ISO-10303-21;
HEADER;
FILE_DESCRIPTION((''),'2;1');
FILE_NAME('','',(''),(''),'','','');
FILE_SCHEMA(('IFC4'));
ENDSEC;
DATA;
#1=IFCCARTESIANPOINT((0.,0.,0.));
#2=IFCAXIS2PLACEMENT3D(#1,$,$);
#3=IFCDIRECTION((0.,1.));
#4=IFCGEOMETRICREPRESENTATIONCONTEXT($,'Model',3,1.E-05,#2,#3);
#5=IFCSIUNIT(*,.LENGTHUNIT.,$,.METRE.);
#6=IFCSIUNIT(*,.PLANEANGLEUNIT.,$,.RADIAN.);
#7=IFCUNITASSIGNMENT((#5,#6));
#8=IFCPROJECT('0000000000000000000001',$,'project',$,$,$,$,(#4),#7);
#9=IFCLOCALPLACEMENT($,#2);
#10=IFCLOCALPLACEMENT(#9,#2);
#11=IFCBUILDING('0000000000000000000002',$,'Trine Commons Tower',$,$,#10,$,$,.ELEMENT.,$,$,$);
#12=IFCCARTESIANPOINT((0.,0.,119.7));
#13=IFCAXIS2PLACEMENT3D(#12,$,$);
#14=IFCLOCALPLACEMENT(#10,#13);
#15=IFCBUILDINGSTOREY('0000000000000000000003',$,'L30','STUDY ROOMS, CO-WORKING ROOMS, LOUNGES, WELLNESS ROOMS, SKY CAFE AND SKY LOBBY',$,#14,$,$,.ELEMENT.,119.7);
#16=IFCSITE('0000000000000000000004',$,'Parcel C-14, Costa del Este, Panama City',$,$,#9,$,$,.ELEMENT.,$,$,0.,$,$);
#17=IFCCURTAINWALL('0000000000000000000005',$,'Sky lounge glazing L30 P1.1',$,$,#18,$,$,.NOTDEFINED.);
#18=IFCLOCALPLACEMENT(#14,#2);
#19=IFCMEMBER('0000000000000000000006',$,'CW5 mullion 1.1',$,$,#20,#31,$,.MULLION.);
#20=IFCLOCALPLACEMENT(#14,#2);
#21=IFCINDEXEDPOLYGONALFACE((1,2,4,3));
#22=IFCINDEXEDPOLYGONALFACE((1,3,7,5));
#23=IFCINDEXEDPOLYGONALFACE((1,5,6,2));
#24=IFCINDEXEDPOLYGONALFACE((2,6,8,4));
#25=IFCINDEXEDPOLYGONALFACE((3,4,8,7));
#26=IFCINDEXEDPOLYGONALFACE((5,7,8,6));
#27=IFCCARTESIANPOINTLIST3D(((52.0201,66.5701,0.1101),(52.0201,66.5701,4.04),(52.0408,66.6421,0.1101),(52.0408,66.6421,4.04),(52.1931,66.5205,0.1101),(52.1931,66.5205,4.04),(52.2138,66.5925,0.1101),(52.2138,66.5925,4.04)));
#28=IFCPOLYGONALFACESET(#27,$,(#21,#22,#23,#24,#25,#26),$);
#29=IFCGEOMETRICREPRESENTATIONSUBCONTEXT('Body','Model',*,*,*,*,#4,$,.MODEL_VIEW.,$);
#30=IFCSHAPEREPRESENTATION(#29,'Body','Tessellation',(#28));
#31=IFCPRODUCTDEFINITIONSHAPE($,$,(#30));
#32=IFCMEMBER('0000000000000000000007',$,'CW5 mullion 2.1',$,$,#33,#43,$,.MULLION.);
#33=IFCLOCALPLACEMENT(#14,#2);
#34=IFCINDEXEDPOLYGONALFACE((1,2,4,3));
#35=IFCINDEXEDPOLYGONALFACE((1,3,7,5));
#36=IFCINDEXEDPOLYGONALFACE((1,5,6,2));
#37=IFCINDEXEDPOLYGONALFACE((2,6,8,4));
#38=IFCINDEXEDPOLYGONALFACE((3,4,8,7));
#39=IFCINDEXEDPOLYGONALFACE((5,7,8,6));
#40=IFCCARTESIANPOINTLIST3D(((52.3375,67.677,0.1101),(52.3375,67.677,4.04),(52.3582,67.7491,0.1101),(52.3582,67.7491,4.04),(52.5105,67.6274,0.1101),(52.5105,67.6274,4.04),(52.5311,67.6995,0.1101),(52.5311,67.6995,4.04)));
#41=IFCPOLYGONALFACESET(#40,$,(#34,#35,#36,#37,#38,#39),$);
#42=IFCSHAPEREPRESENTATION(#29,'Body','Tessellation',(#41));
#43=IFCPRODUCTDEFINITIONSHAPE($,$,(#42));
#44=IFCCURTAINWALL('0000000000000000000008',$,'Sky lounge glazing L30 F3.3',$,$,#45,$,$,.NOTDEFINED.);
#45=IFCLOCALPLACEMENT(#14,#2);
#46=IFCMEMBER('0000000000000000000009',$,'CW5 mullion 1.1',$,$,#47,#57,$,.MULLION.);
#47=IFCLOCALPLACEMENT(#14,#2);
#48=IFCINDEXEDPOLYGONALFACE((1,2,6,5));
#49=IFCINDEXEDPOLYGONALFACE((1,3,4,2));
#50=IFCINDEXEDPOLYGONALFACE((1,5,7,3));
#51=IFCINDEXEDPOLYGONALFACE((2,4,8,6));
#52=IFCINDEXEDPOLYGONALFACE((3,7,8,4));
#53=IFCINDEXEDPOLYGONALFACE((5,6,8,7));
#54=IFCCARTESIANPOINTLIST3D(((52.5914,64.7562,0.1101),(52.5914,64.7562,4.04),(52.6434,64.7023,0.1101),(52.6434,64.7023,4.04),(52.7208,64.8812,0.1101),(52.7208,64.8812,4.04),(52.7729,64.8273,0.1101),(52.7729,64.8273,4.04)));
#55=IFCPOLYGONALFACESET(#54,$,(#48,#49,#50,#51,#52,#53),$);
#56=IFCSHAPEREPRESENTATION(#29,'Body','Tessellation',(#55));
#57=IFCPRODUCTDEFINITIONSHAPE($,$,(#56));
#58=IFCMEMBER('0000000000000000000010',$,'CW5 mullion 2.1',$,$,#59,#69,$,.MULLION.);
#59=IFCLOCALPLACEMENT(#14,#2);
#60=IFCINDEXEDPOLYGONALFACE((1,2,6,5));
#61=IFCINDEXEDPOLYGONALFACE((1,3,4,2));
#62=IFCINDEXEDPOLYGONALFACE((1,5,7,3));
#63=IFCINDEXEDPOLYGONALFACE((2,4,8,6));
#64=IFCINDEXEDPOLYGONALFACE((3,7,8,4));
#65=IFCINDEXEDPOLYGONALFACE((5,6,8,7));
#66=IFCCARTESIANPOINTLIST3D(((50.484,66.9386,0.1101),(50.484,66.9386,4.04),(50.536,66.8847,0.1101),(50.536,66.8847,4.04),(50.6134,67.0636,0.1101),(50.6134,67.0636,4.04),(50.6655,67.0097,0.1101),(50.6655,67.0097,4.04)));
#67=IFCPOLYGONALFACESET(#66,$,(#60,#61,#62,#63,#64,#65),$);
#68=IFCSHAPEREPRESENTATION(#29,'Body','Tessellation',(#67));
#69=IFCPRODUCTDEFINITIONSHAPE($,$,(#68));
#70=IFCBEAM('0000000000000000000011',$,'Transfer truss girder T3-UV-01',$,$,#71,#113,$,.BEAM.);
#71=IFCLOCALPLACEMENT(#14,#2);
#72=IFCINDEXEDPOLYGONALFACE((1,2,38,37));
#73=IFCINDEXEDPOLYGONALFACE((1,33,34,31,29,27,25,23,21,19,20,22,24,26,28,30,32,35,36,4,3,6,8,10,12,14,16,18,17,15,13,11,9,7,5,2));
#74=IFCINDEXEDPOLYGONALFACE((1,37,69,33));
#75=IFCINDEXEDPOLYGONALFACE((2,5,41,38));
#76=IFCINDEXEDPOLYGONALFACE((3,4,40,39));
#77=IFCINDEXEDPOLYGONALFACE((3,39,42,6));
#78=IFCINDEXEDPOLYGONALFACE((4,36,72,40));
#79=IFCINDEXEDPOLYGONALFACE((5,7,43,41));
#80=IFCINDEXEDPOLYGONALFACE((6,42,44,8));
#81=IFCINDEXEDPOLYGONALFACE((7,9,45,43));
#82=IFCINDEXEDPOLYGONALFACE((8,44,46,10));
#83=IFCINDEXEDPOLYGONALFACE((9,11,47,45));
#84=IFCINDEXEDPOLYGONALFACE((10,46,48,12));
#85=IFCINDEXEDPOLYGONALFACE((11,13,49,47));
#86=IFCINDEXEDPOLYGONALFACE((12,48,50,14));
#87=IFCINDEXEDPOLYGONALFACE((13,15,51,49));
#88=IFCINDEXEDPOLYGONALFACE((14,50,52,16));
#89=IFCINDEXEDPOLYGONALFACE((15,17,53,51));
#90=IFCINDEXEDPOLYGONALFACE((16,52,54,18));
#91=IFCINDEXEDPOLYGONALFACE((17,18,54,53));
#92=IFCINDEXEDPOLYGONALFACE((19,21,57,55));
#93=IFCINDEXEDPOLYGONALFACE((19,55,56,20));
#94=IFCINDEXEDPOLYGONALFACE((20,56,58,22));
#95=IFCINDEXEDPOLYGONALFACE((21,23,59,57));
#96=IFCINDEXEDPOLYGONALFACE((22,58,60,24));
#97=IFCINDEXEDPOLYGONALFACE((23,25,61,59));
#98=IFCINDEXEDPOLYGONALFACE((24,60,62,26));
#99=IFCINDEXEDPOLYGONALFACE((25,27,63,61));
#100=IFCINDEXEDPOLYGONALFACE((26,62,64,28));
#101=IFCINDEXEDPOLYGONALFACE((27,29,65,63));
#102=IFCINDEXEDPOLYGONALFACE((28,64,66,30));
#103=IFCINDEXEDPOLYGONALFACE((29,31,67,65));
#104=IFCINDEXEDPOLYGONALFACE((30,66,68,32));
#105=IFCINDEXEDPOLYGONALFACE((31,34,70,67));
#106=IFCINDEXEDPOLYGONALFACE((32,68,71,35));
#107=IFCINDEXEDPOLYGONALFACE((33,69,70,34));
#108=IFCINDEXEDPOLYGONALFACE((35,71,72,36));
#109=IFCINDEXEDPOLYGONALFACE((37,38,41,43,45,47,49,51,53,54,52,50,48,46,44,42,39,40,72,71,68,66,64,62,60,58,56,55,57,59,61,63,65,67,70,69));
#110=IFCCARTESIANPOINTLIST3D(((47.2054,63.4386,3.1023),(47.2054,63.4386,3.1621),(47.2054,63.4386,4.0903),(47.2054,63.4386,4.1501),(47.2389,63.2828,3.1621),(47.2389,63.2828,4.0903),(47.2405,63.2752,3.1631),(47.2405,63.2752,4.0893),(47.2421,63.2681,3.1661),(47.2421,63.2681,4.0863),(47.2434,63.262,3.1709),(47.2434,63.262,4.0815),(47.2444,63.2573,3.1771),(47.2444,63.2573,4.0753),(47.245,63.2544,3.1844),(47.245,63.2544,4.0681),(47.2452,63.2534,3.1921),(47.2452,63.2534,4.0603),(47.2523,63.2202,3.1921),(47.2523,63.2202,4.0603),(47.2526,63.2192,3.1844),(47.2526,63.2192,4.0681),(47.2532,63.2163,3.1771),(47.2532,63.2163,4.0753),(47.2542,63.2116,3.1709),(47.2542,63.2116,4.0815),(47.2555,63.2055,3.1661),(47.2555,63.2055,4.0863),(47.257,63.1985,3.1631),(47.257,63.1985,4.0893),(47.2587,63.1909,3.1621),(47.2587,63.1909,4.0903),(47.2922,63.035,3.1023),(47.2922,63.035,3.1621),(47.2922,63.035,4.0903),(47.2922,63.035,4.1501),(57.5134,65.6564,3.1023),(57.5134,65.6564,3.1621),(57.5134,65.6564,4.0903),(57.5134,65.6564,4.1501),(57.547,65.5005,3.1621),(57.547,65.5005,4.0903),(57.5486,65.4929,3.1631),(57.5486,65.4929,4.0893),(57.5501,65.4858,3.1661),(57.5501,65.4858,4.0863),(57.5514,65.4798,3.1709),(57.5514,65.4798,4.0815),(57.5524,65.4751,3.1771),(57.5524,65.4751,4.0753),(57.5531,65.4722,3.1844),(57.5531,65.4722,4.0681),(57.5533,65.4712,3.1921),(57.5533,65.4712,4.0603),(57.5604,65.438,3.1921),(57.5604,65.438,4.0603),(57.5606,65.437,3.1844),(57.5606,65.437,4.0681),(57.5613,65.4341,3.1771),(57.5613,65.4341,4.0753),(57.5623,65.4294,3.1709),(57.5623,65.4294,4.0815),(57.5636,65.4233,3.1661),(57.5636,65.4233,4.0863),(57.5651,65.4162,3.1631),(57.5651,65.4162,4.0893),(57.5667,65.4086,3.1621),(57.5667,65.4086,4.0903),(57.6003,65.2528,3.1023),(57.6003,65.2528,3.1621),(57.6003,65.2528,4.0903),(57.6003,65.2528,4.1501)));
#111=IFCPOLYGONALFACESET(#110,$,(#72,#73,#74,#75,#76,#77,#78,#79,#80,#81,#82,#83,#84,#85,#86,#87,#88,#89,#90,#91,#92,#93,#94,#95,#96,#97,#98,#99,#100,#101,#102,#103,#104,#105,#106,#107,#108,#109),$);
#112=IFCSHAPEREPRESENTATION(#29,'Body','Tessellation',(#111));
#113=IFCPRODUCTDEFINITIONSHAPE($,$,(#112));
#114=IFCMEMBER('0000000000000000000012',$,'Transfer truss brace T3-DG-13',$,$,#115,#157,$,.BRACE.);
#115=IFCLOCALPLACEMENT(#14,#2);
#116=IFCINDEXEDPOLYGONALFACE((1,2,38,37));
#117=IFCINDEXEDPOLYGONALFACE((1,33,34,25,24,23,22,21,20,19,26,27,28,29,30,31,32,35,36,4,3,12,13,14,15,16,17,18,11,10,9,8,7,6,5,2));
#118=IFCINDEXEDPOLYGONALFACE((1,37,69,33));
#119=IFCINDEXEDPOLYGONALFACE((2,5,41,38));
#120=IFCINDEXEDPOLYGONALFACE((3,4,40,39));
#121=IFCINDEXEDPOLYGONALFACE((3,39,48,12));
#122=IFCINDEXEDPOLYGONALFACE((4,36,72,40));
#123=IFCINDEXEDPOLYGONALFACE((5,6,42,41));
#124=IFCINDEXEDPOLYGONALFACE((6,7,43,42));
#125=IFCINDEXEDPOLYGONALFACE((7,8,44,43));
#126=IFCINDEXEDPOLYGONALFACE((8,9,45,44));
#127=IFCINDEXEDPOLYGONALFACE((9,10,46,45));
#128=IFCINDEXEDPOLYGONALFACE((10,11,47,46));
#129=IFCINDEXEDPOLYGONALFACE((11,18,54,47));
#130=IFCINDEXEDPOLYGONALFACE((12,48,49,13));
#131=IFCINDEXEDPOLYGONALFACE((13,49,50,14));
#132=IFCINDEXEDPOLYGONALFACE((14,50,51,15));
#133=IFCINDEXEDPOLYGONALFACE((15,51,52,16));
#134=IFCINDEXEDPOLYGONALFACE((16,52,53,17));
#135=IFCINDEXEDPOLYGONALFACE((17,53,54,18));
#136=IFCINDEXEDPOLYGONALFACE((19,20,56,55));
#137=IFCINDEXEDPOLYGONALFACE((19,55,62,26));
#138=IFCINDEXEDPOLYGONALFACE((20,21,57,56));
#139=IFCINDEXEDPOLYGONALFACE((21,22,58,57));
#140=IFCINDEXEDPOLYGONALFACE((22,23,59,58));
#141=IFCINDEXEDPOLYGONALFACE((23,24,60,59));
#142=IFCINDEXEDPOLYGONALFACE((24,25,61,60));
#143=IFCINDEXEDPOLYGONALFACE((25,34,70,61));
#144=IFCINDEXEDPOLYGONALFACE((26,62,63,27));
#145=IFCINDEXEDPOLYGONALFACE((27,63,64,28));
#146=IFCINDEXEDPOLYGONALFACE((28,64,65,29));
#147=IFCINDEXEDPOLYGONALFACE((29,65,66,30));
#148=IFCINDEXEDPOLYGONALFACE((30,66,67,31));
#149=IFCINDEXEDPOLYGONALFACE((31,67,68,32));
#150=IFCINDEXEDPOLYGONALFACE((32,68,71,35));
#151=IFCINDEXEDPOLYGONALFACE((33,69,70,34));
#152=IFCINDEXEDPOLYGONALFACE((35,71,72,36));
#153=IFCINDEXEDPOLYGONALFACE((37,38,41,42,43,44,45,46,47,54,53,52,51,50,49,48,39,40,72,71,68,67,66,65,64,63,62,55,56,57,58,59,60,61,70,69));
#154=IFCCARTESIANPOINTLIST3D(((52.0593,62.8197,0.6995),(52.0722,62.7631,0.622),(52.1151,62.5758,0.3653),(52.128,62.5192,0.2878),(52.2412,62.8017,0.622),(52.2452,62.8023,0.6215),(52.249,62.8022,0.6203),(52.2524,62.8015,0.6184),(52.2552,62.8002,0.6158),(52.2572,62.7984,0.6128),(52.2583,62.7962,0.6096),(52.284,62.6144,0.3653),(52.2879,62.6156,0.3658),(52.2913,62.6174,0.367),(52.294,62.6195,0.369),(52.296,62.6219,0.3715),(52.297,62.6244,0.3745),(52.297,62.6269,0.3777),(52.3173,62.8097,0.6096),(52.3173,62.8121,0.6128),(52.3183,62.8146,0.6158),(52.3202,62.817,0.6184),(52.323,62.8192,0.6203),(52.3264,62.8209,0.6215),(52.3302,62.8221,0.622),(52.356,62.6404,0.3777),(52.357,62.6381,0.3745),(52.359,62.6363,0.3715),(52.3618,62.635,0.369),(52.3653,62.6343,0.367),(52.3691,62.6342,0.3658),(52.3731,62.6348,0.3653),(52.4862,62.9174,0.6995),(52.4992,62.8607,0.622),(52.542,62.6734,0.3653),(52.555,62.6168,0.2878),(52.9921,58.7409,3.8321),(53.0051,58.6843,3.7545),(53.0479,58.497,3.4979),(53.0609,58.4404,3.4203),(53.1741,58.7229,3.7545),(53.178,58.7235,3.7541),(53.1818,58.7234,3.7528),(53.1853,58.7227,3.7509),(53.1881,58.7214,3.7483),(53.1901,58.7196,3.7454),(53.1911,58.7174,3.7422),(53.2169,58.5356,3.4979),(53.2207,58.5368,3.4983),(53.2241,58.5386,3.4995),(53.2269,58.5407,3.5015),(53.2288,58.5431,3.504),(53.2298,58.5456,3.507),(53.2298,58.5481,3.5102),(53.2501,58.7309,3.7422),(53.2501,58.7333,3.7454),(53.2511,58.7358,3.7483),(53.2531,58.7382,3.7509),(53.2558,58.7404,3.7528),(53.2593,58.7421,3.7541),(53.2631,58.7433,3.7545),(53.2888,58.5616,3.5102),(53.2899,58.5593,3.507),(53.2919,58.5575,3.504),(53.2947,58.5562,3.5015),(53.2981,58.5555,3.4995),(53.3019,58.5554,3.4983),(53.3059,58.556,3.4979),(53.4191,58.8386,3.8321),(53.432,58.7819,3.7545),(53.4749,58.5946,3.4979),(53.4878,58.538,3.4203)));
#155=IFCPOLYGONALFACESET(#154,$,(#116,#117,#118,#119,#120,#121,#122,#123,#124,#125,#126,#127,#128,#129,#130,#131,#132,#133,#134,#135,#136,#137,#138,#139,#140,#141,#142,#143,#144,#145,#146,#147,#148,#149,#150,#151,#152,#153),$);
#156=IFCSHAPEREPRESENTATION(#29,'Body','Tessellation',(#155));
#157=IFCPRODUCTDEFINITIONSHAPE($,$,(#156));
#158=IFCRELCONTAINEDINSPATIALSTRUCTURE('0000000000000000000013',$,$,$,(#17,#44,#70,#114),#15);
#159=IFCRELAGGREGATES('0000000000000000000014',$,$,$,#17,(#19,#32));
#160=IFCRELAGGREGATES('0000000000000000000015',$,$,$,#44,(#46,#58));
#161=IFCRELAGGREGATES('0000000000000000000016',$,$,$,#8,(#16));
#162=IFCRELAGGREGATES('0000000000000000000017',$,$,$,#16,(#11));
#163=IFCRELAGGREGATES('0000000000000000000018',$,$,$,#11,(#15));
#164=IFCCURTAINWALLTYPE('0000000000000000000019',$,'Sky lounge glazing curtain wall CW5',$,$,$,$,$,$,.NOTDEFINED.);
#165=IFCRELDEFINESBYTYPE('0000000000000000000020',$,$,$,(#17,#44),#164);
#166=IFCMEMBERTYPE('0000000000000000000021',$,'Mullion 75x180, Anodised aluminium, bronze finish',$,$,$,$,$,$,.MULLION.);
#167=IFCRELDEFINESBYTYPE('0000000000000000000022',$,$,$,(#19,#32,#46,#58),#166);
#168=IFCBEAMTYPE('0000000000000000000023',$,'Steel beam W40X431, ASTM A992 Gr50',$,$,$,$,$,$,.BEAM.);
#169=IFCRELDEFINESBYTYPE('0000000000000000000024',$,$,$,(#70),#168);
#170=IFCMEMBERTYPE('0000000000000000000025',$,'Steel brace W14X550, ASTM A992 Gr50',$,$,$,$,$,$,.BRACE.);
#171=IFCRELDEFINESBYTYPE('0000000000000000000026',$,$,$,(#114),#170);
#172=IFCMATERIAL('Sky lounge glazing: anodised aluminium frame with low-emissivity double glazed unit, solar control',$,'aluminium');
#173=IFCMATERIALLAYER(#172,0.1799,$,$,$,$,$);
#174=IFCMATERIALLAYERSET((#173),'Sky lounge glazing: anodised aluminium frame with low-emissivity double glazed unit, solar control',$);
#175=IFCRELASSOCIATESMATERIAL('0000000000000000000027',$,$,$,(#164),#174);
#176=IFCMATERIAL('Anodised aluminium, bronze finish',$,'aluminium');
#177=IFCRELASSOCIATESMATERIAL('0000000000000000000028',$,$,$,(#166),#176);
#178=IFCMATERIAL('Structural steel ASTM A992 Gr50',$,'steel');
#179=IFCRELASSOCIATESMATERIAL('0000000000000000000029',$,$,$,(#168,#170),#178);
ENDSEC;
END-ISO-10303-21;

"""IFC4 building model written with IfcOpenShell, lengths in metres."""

from ifc_helpers import new_model, si_unit, direction, frame, origin, origin_2d, place, context, subcontext, project, spatial, rectangle, i_section, extrude, material, layer, layer_set, material_profile, profile_set, type_object, element, aggregate, save


model = new_model("IFC4")

# Units and contexts
model_context = context("Model", 3, precision=1e-05, world=origin(), true_north=direction((0.0, 1.0)))
body_context = subcontext(model_context, "Body", "Model", "MODEL_VIEW")
ifc_project = project(units=[si_unit("LENGTHUNIT", "METRE"), si_unit("PLANEANGLEUNIT", "RADIAN")], contexts=[model_context])

# Site, building, storey
site_placement = place(None, origin())
site = spatial("IfcSite", under=ifc_project, at=site_placement, Name="Parcel C-14, Costa del Este, Panama City", CompositionType="ELEMENT", RefElevation=0.0)
building_placement = place(site_placement, origin())
building = spatial("IfcBuilding", under=site, at=building_placement, Name="Trine Commons Tower", CompositionType="ELEMENT")
storey_placement = place(building_placement, frame((0.0, 0.0, 119.7)))
storey = spatial("IfcBuildingStorey", under=building, at=storey_placement, Name="L30", Description="STUDY ROOMS, CO-WORKING ROOMS, LOUNGES, WELLNESS ROOMS, SKY CAFE AND SKY LOBBY", CompositionType="ELEMENT", Elevation=119.7)

# Curtain walls, members
ifc_material_1 = material(Name="Sky lounge glazing: anodised aluminium frame with low-emissivity double glazed unit, solar control", Category="aluminium")
ifc_layer_1 = layer(ifc_material_1, 0.1799)
ifc_layer_set_1 = layer_set([ifc_layer_1], Name="Sky lounge glazing: anodised aluminium frame with low-emissivity double glazed unit, solar control")
curtain_wall_type = type_object("IfcCurtainWallType", Name="Sky lounge glazing curtain wall CW5", PredefinedType="NOTDEFINED", material=ifc_layer_set_1)
curtain_wall_1_placement = place(storey_placement, origin())
curtain_wall_1 = element("IfcCurtainWall", 1, at=curtain_wall_1_placement, inside=storey, type_object=curtain_wall_type, Name="Sky lounge glazing L30 P1.1", PredefinedType="NOTDEFINED")
ifc_material_2 = material(Name="Anodised aluminium, bronze finish", Category="aluminium")
ifc_material_profile_1 = material_profile(ifc_material_2, rectangle(XDim=0.1799, YDim=0.075, at=origin_2d()), Name="Mullion 75x180")
ifc_profile_set_1 = profile_set([ifc_material_profile_1], Name="Anodised aluminium, bronze finish")
member_type_1 = type_object("IfcMemberType", Name="Mullion 75x180, Anodised aluminium, bronze finish", PredefinedType="MULLION", material=ifc_profile_set_1)
member_1_placement = place(storey_placement, frame((52.1169, 66.5813, 0.1101), z_axis=(0.0, 0.0, 1.0), x_axis=(-0.961262, 0.275637, 0.0)))
member_1 = element("IfcMember", 2, at=member_1_placement, type_object=member_type_1, Name="CW5 mullion 1.1", PredefinedType="MULLION", context=body_context, shape_type="SweptSolid", body=[
    extrude(rectangle(XDim=0.1799, YDim=0.075, at=origin_2d()), origin(), (0.0, 0.0, 1.0), 3.9299),
])
member_2_placement = place(storey_placement, frame((52.4343, 67.6882, 0.1101), z_axis=(0.0, 0.0, 1.0), x_axis=(-0.961262, 0.275637, 0.0)))
member_2 = element("IfcMember", 3, at=member_2_placement, type_object=member_type_1, Name="CW5 mullion 2.1", PredefinedType="MULLION", context=body_context, shape_type="SweptSolid", body=[
    extrude(rectangle(XDim=0.1799, YDim=0.075, at=origin_2d()), origin(), (0.0, 0.0, 1.0), 3.9299),
])
curtain_wall_2_placement = place(storey_placement, origin())
curtain_wall_2 = element("IfcCurtainWall", 4, at=curtain_wall_2_placement, inside=storey, type_object=curtain_wall_type, Name="Sky lounge glazing L30 F3.3", PredefinedType="NOTDEFINED")
member_3_placement = place(storey_placement, frame((52.6821, 64.7917, 0.1101), z_axis=(0.0, 0.0, 1.0), x_axis=(-0.71934, -0.694658, 0.0)))
member_3 = element("IfcMember", 5, at=member_3_placement, type_object=member_type_1, Name="CW5 mullion 1.1", PredefinedType="MULLION", context=body_context, shape_type="SweptSolid", body=[
    extrude(rectangle(XDim=0.1799, YDim=0.075, at=origin_2d()), origin(), (0.0, 0.0, 1.0), 3.9299),
])
member_4_placement = place(storey_placement, frame((50.5747, 66.9741, 0.1101), z_axis=(0.0, 0.0, 1.0), x_axis=(-0.71934, -0.694658, 0.0)))
member_4 = element("IfcMember", 6, at=member_4_placement, type_object=member_type_1, Name="CW5 mullion 2.1", PredefinedType="MULLION", context=body_context, shape_type="SweptSolid", body=[
    extrude(rectangle(XDim=0.1799, YDim=0.075, at=origin_2d()), origin(), (0.0, 0.0, 1.0), 3.9299),
])

# Beam
ifc_material_3 = material(Name="Structural steel ASTM A992 Gr50", Category="steel")
ifc_material_profile_2 = material_profile(ifc_material_3, i_section(OverallWidth=0.4128, OverallDepth=1.0479, WebThickness=0.0339, FlangeThickness=0.0598, FilletRadius=0.03, at=origin_2d()), Name="W40X431")
ifc_profile_set_2 = profile_set([ifc_material_profile_2], Name="Structural steel ASTM A992 Gr50")
beam_type = type_object("IfcBeamType", Name="Steel beam W40X431, ASTM A992 Gr50", PredefinedType="BEAM", material=ifc_profile_set_2)
beam_placement = place(storey_placement, frame((47.2488, 63.2368, 3.6262), z_axis=(0.977629, 0.210335, 0.0), x_axis=(-0.210335, 0.977629, 0.0)))
element("IfcBeam", 7, at=beam_placement, inside=storey, type_object=beam_type, Name="Transfer truss girder T3-UV-01", PredefinedType="BEAM", context=body_context, shape_type="SweptSolid", body=[
    extrude(i_section(OverallWidth=0.4128, OverallDepth=1.0479, WebThickness=0.0339, FlangeThickness=0.0598, FilletRadius=0.03, at=origin_2d()), origin(), (0.0, 0.0, 1.0), 10.5439),
])

# Member
ifc_material_profile_3 = material_profile(ifc_material_3, i_section(OverallWidth=0.438, OverallDepth=0.5144, WebThickness=0.0605, FlangeThickness=0.0969, FilletRadius=0.0154, at=origin_2d()), Name="W14X550")
ifc_profile_set_3 = profile_set([ifc_material_profile_3], Name="Structural steel ASTM A992 Gr50")
member_type_2 = type_object("IfcMemberType", Name="Steel brace W14X550, ASTM A992 Gr50", PredefinedType="BRACE", material=ifc_profile_set_3)
member_5_placement = place(storey_placement, frame((52.3071, 62.7183, 0.4937), z_axis=(0.178474, -0.780362, 0.599319), x_axis=(0.97483, 0.22295, 0.0)))
element("IfcMember", 8, at=member_5_placement, inside=storey, type_object=member_type_2, Name="Transfer truss brace T3-DG-13", PredefinedType="BRACE", context=body_context, shape_type="SweptSolid", body=[
    extrude(i_section(OverallWidth=0.438, OverallDepth=0.5144, WebThickness=0.0605, FlangeThickness=0.0969, FilletRadius=0.0154, at=origin_2d()), origin(), (0.0, 0.0, 1.0), 5.2268),
])

aggregate(curtain_wall_1, [member_1, member_2])
aggregate(curtain_wall_2, [member_3, member_4])

save(model, "model.ifc")
